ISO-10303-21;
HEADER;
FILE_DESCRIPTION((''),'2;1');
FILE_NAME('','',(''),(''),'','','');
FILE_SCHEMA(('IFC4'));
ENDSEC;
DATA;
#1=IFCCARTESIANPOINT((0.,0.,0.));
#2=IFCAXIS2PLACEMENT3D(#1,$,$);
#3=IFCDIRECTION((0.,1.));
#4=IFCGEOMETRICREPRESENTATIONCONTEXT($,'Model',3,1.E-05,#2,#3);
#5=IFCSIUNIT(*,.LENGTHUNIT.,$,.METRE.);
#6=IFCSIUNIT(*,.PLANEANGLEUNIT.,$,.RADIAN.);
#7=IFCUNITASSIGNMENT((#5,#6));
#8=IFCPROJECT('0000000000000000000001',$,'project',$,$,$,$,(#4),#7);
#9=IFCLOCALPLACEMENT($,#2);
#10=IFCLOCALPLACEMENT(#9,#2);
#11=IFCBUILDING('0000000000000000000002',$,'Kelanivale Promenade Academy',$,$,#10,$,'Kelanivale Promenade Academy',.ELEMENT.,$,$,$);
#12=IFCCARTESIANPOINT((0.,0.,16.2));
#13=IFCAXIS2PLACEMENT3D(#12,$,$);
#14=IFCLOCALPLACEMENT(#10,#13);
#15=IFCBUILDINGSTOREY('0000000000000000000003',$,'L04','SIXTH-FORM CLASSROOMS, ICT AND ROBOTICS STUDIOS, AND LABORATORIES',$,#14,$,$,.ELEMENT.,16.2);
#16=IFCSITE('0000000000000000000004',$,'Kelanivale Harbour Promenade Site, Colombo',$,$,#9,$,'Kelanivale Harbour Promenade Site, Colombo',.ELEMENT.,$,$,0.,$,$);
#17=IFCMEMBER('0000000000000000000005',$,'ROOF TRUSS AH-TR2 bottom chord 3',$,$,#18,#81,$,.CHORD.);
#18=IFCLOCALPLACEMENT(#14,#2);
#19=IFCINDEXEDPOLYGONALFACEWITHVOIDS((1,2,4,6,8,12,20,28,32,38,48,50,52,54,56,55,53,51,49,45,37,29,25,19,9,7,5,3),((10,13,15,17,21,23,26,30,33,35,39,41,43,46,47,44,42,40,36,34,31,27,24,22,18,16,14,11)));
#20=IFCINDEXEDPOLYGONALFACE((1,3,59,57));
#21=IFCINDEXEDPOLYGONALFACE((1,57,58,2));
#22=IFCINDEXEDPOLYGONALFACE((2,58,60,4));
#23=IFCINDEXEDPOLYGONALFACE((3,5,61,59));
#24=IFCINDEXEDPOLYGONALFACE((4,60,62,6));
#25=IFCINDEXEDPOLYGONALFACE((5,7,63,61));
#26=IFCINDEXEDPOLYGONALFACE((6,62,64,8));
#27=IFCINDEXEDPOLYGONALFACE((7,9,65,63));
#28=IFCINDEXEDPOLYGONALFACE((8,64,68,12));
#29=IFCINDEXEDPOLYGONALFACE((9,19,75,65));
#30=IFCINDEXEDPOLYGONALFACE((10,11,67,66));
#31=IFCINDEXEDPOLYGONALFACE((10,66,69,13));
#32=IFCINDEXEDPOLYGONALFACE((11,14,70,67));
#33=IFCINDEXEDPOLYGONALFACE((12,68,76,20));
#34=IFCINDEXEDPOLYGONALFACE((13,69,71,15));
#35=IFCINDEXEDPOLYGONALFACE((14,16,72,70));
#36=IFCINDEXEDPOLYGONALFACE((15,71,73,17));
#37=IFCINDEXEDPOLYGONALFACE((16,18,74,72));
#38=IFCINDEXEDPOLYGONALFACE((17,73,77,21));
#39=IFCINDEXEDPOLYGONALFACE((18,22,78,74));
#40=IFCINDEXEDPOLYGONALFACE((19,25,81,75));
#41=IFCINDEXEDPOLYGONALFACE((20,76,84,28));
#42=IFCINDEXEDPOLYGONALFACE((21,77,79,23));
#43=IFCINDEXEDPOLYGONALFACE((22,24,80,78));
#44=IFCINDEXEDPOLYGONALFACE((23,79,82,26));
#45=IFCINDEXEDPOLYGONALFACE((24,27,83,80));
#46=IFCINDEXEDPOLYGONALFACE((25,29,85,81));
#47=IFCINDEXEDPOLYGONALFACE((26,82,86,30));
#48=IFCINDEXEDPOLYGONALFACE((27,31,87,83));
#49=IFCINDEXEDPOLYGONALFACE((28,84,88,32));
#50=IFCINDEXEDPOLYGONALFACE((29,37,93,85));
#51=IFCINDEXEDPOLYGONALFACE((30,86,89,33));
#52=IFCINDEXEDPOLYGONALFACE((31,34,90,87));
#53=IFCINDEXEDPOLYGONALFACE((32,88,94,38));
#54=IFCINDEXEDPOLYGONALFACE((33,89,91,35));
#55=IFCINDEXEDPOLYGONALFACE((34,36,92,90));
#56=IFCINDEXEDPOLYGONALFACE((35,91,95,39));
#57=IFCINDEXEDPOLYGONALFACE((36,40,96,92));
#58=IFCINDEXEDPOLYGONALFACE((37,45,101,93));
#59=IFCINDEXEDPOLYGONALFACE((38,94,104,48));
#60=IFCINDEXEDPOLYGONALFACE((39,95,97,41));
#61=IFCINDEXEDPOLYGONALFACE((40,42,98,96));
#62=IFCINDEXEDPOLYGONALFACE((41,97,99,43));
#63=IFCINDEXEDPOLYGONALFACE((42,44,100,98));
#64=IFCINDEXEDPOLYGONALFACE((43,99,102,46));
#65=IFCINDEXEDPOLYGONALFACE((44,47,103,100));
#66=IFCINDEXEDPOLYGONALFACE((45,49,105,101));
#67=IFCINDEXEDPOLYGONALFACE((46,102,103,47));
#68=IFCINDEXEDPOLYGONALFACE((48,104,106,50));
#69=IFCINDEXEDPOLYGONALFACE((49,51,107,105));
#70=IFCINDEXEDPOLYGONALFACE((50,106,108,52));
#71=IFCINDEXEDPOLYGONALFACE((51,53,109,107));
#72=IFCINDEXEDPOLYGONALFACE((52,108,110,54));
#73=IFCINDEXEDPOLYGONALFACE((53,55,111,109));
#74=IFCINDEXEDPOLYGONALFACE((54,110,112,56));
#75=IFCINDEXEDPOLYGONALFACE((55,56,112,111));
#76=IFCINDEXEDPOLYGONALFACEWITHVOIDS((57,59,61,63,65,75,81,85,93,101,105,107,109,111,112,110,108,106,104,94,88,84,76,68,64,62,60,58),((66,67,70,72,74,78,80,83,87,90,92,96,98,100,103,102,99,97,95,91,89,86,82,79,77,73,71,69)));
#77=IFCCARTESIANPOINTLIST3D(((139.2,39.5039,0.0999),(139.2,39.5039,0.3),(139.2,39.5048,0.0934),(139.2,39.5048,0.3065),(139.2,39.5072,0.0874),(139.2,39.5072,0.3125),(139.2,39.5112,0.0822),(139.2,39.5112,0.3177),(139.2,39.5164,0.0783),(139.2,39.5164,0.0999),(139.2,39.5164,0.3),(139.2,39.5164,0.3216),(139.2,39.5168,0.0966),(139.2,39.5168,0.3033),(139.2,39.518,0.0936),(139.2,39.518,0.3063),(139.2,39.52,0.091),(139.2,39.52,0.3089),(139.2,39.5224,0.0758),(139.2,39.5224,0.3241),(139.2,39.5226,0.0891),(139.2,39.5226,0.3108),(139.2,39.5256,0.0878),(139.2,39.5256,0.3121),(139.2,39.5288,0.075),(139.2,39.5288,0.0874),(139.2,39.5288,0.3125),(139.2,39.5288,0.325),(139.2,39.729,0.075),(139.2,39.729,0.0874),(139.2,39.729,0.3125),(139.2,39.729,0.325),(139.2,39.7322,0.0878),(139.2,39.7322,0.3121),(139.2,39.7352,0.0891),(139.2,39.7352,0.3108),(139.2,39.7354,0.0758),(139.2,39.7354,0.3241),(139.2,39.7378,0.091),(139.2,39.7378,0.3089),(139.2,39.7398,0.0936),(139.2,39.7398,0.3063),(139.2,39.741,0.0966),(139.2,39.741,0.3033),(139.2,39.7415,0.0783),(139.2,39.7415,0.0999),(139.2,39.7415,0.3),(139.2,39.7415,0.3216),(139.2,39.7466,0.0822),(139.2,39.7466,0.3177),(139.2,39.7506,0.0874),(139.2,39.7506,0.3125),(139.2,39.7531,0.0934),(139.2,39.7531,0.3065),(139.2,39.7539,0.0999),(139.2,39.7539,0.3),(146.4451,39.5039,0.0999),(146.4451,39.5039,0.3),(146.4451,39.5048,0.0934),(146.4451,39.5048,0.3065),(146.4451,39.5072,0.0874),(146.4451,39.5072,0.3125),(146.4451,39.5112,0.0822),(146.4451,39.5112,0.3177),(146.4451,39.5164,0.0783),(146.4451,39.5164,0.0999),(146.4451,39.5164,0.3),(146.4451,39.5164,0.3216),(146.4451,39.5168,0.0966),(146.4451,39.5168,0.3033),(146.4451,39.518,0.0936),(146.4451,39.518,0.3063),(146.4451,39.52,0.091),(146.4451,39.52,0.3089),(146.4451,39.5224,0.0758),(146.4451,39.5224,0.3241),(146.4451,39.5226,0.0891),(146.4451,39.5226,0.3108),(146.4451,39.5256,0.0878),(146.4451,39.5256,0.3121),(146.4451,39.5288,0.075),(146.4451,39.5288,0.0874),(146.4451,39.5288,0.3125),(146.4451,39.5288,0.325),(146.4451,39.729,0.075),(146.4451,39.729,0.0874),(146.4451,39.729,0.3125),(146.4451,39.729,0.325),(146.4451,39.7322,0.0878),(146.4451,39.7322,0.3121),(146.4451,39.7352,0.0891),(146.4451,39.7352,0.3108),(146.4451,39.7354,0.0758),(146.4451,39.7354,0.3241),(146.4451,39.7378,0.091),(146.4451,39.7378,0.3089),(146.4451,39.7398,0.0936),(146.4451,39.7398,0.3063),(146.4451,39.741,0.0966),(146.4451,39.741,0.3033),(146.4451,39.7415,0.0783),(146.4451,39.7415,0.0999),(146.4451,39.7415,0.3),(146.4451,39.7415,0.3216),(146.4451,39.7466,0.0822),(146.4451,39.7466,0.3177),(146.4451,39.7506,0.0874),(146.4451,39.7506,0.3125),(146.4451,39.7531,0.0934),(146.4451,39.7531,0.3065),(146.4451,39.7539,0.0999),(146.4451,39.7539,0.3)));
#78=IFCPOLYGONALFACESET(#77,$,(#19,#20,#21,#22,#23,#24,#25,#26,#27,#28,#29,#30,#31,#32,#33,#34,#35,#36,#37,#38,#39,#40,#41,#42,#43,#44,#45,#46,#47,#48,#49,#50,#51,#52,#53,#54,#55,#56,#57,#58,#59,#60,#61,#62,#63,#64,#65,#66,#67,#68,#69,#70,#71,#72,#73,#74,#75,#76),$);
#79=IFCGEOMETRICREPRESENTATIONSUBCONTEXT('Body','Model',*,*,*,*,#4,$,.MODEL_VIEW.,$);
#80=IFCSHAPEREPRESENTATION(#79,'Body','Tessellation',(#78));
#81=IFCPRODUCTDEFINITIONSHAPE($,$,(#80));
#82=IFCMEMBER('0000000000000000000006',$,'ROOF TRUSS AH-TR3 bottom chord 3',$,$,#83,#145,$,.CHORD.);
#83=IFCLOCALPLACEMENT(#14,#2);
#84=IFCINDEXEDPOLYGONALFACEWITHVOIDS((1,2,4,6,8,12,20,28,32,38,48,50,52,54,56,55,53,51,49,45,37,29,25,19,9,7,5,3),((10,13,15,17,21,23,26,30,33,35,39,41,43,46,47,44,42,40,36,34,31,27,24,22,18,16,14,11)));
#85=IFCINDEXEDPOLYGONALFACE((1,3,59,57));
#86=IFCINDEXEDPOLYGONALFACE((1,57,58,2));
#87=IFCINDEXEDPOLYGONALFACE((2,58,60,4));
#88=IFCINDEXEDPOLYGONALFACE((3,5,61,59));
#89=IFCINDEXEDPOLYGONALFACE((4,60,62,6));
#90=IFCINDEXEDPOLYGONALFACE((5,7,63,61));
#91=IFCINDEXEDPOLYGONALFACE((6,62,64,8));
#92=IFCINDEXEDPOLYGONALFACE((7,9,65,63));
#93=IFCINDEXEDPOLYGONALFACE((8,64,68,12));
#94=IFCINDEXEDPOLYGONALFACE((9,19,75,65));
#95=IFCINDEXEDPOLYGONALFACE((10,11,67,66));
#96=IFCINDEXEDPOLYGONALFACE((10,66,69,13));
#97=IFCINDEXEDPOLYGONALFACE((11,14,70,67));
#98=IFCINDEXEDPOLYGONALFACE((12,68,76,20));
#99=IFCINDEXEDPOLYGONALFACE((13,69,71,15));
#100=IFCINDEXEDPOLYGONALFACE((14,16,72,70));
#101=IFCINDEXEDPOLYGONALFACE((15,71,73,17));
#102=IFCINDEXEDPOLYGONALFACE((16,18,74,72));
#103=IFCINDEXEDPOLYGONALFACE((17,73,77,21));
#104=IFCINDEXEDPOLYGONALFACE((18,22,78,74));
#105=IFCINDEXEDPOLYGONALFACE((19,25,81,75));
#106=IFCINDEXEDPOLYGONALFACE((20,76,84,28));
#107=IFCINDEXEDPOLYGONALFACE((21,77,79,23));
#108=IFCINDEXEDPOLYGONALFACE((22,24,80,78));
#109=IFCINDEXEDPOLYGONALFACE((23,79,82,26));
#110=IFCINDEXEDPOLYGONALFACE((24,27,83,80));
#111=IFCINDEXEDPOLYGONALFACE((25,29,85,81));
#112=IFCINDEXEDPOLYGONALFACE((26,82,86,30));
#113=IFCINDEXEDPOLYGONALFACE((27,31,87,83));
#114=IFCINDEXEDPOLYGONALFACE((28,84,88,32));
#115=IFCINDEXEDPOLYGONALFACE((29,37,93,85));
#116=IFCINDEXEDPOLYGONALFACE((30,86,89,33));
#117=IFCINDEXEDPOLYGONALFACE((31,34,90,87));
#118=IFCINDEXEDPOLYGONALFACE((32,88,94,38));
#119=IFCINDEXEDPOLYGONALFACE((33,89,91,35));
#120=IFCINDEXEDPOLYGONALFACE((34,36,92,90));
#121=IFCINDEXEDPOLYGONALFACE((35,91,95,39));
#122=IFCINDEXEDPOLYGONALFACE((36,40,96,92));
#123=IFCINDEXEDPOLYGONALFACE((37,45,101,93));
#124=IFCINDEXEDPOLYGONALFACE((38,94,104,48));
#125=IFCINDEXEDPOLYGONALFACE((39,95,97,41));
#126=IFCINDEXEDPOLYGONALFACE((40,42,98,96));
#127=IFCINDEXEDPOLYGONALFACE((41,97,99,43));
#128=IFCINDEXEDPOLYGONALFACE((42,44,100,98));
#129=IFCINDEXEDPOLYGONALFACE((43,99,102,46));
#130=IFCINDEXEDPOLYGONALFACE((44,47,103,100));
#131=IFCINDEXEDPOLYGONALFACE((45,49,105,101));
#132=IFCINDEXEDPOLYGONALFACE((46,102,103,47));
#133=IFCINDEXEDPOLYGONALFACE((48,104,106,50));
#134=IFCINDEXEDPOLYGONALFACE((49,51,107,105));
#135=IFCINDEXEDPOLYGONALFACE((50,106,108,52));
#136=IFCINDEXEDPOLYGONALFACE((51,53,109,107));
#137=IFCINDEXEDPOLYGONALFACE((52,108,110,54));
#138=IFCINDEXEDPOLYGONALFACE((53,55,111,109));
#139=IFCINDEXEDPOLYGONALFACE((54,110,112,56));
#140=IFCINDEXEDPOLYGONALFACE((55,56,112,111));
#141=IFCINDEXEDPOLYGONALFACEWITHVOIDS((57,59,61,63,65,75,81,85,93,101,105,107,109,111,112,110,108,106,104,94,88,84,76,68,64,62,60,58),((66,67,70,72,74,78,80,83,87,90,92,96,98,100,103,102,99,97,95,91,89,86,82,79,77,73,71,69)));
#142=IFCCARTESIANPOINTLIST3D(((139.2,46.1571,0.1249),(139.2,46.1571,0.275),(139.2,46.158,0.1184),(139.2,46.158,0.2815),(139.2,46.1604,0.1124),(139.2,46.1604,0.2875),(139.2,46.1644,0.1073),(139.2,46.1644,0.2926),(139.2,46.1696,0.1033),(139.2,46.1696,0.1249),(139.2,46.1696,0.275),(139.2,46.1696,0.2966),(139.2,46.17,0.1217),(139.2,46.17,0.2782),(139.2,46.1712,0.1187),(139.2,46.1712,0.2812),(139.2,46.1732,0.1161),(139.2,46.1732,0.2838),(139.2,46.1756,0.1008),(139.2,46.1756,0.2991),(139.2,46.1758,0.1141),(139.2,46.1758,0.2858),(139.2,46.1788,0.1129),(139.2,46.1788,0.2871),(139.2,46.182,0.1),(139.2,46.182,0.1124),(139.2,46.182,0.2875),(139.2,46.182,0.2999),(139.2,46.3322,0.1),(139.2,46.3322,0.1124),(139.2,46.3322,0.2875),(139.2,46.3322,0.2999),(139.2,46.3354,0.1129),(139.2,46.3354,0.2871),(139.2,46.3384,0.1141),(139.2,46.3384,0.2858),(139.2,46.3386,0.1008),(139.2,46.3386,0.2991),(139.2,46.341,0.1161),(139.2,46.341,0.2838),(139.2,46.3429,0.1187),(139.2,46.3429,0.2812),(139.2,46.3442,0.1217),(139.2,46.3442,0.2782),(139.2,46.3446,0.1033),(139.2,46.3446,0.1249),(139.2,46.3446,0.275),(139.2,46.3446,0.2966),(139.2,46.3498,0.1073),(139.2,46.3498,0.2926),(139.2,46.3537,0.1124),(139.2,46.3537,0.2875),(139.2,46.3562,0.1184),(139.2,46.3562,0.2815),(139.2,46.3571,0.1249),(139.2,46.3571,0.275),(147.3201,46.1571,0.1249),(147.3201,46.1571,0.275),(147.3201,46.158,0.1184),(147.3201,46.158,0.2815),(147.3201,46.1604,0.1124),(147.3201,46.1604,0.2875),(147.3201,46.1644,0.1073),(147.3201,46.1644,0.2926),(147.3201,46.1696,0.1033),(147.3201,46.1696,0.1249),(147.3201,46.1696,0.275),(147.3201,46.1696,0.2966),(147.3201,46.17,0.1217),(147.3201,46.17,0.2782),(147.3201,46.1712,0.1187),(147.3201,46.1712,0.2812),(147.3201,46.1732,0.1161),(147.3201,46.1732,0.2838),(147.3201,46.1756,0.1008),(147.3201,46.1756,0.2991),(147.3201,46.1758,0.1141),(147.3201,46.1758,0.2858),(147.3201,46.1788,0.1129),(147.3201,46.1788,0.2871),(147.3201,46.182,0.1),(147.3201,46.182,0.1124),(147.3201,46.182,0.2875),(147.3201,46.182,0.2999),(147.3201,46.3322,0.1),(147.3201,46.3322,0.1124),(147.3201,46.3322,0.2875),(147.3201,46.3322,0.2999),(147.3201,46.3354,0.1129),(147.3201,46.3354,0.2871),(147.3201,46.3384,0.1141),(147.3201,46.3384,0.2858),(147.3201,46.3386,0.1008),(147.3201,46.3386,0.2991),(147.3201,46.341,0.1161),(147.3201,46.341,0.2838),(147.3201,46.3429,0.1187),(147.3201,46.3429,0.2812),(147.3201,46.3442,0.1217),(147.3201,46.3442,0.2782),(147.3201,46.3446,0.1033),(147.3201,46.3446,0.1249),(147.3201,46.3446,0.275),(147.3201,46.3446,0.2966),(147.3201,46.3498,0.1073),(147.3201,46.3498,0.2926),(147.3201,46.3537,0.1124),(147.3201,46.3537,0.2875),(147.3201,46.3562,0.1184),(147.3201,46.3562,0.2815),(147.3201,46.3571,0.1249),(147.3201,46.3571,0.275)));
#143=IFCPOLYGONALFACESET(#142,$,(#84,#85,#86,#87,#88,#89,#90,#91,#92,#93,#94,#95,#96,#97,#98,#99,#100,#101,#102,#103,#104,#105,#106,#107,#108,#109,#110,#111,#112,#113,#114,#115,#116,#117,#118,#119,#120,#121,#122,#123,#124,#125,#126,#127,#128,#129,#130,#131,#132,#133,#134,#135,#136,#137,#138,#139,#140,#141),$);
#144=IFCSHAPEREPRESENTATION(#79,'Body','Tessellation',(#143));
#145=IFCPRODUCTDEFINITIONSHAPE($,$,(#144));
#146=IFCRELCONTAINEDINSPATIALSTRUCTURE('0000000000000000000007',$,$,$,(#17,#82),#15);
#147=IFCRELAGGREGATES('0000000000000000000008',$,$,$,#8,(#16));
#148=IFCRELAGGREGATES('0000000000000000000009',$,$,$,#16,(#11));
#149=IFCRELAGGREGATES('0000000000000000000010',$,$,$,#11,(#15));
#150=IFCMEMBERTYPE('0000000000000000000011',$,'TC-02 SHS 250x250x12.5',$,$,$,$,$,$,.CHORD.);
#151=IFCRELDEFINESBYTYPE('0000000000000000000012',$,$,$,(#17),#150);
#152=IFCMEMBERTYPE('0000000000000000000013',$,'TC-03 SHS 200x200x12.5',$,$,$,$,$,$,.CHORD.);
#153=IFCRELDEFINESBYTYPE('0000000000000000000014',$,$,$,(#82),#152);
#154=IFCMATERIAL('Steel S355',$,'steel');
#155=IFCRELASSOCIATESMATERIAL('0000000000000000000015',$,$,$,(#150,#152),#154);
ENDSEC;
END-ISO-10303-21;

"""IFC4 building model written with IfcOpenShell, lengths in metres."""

from ifc_helpers import new_model, si_unit, direction, frame, origin, origin_2d, place, context, subcontext, project, spatial, hollow_rectangle, extrude, material, material_profile, profile_set, type_object, element, save


model = new_model("IFC4")

# Units and contexts
model_context = context("Model", 3, precision=1e-05, world=origin(), true_north=direction((0.0, 1.0)))
body_context = subcontext(model_context, "Body", "Model", "MODEL_VIEW")
ifc_project = project(units=[si_unit("LENGTHUNIT", "METRE"), si_unit("PLANEANGLEUNIT", "RADIAN")], contexts=[model_context])

# Site, building, storey
site_placement = place(None, origin())
site = spatial("IfcSite", under=ifc_project, at=site_placement, Name="Kelanivale Harbour Promenade Site, Colombo", LongName="Kelanivale Harbour Promenade Site, Colombo", CompositionType="ELEMENT", RefElevation=0.0)
building_placement = place(site_placement, origin())
building = spatial("IfcBuilding", under=site, at=building_placement, Name="Kelanivale Promenade Academy", LongName="Kelanivale Promenade Academy", CompositionType="ELEMENT")
storey_placement = place(building_placement, frame((0.0, 0.0, 16.2)))
storey = spatial("IfcBuildingStorey", under=building, at=storey_placement, Name="L04", Description="SIXTH-FORM CLASSROOMS, ICT AND ROBOTICS STUDIOS, AND LABORATORIES", CompositionType="ELEMENT", Elevation=16.2)

# Members
ifc_material_1 = material(Name="Steel S355", Category="steel")
ifc_material_profile_1 = material_profile(ifc_material_1, hollow_rectangle(XDim=0.25, YDim=0.25, WallThickness=0.0125, InnerFilletRadius=0.0125, OuterFilletRadius=0.0249, at=origin_2d()), Name="SHS 250x250x12.5")
ifc_profile_set_1 = profile_set([ifc_material_profile_1], Name="Steel S355")
member_type_1 = type_object("IfcMemberType", Name="TC-02 SHS 250x250x12.5", PredefinedType="CHORD", material=ifc_profile_set_1)
member_1_placement = place(storey_placement, frame((139.2, 39.6289, 0.2), z_axis=(1.0, 0.0, 0.0), x_axis=(0.0, 1.0, 0.0)))
element("IfcMember", 1, at=member_1_placement, inside=storey, type_object=member_type_1, Name="ROOF TRUSS AH-TR2 bottom chord 3", PredefinedType="CHORD", context=body_context, shape_type="SweptSolid", body=[
    extrude(hollow_rectangle(XDim=0.25, YDim=0.25, WallThickness=0.0125, InnerFilletRadius=0.0125, OuterFilletRadius=0.0249, at=origin_2d()), origin(), (0.0, 0.0, 1.0), 7.2451),
])
ifc_material_profile_2 = material_profile(ifc_material_1, hollow_rectangle(XDim=0.2, YDim=0.2, WallThickness=0.0125, InnerFilletRadius=0.0125, OuterFilletRadius=0.0249, at=origin_2d()), Name="SHS 200x200x12.5")
ifc_profile_set_2 = profile_set([ifc_material_profile_2], Name="Steel S355")
member_type_2 = type_object("IfcMemberType", Name="TC-03 SHS 200x200x12.5", PredefinedType="CHORD", material=ifc_profile_set_2)
member_2_placement = place(storey_placement, frame((139.2, 46.2571, 0.2), z_axis=(1.0, 0.0, 0.0), x_axis=(0.0, 1.0, 0.0)))
element("IfcMember", 2, at=member_2_placement, inside=storey, type_object=member_type_2, Name="ROOF TRUSS AH-TR3 bottom chord 3", PredefinedType="CHORD", context=body_context, shape_type="SweptSolid", body=[
    extrude(hollow_rectangle(XDim=0.2, YDim=0.2, WallThickness=0.0125, InnerFilletRadius=0.0125, OuterFilletRadius=0.0249, at=origin_2d()), origin(), (0.0, 0.0, 1.0), 8.1201),
])

save(model, "model.ifc")
